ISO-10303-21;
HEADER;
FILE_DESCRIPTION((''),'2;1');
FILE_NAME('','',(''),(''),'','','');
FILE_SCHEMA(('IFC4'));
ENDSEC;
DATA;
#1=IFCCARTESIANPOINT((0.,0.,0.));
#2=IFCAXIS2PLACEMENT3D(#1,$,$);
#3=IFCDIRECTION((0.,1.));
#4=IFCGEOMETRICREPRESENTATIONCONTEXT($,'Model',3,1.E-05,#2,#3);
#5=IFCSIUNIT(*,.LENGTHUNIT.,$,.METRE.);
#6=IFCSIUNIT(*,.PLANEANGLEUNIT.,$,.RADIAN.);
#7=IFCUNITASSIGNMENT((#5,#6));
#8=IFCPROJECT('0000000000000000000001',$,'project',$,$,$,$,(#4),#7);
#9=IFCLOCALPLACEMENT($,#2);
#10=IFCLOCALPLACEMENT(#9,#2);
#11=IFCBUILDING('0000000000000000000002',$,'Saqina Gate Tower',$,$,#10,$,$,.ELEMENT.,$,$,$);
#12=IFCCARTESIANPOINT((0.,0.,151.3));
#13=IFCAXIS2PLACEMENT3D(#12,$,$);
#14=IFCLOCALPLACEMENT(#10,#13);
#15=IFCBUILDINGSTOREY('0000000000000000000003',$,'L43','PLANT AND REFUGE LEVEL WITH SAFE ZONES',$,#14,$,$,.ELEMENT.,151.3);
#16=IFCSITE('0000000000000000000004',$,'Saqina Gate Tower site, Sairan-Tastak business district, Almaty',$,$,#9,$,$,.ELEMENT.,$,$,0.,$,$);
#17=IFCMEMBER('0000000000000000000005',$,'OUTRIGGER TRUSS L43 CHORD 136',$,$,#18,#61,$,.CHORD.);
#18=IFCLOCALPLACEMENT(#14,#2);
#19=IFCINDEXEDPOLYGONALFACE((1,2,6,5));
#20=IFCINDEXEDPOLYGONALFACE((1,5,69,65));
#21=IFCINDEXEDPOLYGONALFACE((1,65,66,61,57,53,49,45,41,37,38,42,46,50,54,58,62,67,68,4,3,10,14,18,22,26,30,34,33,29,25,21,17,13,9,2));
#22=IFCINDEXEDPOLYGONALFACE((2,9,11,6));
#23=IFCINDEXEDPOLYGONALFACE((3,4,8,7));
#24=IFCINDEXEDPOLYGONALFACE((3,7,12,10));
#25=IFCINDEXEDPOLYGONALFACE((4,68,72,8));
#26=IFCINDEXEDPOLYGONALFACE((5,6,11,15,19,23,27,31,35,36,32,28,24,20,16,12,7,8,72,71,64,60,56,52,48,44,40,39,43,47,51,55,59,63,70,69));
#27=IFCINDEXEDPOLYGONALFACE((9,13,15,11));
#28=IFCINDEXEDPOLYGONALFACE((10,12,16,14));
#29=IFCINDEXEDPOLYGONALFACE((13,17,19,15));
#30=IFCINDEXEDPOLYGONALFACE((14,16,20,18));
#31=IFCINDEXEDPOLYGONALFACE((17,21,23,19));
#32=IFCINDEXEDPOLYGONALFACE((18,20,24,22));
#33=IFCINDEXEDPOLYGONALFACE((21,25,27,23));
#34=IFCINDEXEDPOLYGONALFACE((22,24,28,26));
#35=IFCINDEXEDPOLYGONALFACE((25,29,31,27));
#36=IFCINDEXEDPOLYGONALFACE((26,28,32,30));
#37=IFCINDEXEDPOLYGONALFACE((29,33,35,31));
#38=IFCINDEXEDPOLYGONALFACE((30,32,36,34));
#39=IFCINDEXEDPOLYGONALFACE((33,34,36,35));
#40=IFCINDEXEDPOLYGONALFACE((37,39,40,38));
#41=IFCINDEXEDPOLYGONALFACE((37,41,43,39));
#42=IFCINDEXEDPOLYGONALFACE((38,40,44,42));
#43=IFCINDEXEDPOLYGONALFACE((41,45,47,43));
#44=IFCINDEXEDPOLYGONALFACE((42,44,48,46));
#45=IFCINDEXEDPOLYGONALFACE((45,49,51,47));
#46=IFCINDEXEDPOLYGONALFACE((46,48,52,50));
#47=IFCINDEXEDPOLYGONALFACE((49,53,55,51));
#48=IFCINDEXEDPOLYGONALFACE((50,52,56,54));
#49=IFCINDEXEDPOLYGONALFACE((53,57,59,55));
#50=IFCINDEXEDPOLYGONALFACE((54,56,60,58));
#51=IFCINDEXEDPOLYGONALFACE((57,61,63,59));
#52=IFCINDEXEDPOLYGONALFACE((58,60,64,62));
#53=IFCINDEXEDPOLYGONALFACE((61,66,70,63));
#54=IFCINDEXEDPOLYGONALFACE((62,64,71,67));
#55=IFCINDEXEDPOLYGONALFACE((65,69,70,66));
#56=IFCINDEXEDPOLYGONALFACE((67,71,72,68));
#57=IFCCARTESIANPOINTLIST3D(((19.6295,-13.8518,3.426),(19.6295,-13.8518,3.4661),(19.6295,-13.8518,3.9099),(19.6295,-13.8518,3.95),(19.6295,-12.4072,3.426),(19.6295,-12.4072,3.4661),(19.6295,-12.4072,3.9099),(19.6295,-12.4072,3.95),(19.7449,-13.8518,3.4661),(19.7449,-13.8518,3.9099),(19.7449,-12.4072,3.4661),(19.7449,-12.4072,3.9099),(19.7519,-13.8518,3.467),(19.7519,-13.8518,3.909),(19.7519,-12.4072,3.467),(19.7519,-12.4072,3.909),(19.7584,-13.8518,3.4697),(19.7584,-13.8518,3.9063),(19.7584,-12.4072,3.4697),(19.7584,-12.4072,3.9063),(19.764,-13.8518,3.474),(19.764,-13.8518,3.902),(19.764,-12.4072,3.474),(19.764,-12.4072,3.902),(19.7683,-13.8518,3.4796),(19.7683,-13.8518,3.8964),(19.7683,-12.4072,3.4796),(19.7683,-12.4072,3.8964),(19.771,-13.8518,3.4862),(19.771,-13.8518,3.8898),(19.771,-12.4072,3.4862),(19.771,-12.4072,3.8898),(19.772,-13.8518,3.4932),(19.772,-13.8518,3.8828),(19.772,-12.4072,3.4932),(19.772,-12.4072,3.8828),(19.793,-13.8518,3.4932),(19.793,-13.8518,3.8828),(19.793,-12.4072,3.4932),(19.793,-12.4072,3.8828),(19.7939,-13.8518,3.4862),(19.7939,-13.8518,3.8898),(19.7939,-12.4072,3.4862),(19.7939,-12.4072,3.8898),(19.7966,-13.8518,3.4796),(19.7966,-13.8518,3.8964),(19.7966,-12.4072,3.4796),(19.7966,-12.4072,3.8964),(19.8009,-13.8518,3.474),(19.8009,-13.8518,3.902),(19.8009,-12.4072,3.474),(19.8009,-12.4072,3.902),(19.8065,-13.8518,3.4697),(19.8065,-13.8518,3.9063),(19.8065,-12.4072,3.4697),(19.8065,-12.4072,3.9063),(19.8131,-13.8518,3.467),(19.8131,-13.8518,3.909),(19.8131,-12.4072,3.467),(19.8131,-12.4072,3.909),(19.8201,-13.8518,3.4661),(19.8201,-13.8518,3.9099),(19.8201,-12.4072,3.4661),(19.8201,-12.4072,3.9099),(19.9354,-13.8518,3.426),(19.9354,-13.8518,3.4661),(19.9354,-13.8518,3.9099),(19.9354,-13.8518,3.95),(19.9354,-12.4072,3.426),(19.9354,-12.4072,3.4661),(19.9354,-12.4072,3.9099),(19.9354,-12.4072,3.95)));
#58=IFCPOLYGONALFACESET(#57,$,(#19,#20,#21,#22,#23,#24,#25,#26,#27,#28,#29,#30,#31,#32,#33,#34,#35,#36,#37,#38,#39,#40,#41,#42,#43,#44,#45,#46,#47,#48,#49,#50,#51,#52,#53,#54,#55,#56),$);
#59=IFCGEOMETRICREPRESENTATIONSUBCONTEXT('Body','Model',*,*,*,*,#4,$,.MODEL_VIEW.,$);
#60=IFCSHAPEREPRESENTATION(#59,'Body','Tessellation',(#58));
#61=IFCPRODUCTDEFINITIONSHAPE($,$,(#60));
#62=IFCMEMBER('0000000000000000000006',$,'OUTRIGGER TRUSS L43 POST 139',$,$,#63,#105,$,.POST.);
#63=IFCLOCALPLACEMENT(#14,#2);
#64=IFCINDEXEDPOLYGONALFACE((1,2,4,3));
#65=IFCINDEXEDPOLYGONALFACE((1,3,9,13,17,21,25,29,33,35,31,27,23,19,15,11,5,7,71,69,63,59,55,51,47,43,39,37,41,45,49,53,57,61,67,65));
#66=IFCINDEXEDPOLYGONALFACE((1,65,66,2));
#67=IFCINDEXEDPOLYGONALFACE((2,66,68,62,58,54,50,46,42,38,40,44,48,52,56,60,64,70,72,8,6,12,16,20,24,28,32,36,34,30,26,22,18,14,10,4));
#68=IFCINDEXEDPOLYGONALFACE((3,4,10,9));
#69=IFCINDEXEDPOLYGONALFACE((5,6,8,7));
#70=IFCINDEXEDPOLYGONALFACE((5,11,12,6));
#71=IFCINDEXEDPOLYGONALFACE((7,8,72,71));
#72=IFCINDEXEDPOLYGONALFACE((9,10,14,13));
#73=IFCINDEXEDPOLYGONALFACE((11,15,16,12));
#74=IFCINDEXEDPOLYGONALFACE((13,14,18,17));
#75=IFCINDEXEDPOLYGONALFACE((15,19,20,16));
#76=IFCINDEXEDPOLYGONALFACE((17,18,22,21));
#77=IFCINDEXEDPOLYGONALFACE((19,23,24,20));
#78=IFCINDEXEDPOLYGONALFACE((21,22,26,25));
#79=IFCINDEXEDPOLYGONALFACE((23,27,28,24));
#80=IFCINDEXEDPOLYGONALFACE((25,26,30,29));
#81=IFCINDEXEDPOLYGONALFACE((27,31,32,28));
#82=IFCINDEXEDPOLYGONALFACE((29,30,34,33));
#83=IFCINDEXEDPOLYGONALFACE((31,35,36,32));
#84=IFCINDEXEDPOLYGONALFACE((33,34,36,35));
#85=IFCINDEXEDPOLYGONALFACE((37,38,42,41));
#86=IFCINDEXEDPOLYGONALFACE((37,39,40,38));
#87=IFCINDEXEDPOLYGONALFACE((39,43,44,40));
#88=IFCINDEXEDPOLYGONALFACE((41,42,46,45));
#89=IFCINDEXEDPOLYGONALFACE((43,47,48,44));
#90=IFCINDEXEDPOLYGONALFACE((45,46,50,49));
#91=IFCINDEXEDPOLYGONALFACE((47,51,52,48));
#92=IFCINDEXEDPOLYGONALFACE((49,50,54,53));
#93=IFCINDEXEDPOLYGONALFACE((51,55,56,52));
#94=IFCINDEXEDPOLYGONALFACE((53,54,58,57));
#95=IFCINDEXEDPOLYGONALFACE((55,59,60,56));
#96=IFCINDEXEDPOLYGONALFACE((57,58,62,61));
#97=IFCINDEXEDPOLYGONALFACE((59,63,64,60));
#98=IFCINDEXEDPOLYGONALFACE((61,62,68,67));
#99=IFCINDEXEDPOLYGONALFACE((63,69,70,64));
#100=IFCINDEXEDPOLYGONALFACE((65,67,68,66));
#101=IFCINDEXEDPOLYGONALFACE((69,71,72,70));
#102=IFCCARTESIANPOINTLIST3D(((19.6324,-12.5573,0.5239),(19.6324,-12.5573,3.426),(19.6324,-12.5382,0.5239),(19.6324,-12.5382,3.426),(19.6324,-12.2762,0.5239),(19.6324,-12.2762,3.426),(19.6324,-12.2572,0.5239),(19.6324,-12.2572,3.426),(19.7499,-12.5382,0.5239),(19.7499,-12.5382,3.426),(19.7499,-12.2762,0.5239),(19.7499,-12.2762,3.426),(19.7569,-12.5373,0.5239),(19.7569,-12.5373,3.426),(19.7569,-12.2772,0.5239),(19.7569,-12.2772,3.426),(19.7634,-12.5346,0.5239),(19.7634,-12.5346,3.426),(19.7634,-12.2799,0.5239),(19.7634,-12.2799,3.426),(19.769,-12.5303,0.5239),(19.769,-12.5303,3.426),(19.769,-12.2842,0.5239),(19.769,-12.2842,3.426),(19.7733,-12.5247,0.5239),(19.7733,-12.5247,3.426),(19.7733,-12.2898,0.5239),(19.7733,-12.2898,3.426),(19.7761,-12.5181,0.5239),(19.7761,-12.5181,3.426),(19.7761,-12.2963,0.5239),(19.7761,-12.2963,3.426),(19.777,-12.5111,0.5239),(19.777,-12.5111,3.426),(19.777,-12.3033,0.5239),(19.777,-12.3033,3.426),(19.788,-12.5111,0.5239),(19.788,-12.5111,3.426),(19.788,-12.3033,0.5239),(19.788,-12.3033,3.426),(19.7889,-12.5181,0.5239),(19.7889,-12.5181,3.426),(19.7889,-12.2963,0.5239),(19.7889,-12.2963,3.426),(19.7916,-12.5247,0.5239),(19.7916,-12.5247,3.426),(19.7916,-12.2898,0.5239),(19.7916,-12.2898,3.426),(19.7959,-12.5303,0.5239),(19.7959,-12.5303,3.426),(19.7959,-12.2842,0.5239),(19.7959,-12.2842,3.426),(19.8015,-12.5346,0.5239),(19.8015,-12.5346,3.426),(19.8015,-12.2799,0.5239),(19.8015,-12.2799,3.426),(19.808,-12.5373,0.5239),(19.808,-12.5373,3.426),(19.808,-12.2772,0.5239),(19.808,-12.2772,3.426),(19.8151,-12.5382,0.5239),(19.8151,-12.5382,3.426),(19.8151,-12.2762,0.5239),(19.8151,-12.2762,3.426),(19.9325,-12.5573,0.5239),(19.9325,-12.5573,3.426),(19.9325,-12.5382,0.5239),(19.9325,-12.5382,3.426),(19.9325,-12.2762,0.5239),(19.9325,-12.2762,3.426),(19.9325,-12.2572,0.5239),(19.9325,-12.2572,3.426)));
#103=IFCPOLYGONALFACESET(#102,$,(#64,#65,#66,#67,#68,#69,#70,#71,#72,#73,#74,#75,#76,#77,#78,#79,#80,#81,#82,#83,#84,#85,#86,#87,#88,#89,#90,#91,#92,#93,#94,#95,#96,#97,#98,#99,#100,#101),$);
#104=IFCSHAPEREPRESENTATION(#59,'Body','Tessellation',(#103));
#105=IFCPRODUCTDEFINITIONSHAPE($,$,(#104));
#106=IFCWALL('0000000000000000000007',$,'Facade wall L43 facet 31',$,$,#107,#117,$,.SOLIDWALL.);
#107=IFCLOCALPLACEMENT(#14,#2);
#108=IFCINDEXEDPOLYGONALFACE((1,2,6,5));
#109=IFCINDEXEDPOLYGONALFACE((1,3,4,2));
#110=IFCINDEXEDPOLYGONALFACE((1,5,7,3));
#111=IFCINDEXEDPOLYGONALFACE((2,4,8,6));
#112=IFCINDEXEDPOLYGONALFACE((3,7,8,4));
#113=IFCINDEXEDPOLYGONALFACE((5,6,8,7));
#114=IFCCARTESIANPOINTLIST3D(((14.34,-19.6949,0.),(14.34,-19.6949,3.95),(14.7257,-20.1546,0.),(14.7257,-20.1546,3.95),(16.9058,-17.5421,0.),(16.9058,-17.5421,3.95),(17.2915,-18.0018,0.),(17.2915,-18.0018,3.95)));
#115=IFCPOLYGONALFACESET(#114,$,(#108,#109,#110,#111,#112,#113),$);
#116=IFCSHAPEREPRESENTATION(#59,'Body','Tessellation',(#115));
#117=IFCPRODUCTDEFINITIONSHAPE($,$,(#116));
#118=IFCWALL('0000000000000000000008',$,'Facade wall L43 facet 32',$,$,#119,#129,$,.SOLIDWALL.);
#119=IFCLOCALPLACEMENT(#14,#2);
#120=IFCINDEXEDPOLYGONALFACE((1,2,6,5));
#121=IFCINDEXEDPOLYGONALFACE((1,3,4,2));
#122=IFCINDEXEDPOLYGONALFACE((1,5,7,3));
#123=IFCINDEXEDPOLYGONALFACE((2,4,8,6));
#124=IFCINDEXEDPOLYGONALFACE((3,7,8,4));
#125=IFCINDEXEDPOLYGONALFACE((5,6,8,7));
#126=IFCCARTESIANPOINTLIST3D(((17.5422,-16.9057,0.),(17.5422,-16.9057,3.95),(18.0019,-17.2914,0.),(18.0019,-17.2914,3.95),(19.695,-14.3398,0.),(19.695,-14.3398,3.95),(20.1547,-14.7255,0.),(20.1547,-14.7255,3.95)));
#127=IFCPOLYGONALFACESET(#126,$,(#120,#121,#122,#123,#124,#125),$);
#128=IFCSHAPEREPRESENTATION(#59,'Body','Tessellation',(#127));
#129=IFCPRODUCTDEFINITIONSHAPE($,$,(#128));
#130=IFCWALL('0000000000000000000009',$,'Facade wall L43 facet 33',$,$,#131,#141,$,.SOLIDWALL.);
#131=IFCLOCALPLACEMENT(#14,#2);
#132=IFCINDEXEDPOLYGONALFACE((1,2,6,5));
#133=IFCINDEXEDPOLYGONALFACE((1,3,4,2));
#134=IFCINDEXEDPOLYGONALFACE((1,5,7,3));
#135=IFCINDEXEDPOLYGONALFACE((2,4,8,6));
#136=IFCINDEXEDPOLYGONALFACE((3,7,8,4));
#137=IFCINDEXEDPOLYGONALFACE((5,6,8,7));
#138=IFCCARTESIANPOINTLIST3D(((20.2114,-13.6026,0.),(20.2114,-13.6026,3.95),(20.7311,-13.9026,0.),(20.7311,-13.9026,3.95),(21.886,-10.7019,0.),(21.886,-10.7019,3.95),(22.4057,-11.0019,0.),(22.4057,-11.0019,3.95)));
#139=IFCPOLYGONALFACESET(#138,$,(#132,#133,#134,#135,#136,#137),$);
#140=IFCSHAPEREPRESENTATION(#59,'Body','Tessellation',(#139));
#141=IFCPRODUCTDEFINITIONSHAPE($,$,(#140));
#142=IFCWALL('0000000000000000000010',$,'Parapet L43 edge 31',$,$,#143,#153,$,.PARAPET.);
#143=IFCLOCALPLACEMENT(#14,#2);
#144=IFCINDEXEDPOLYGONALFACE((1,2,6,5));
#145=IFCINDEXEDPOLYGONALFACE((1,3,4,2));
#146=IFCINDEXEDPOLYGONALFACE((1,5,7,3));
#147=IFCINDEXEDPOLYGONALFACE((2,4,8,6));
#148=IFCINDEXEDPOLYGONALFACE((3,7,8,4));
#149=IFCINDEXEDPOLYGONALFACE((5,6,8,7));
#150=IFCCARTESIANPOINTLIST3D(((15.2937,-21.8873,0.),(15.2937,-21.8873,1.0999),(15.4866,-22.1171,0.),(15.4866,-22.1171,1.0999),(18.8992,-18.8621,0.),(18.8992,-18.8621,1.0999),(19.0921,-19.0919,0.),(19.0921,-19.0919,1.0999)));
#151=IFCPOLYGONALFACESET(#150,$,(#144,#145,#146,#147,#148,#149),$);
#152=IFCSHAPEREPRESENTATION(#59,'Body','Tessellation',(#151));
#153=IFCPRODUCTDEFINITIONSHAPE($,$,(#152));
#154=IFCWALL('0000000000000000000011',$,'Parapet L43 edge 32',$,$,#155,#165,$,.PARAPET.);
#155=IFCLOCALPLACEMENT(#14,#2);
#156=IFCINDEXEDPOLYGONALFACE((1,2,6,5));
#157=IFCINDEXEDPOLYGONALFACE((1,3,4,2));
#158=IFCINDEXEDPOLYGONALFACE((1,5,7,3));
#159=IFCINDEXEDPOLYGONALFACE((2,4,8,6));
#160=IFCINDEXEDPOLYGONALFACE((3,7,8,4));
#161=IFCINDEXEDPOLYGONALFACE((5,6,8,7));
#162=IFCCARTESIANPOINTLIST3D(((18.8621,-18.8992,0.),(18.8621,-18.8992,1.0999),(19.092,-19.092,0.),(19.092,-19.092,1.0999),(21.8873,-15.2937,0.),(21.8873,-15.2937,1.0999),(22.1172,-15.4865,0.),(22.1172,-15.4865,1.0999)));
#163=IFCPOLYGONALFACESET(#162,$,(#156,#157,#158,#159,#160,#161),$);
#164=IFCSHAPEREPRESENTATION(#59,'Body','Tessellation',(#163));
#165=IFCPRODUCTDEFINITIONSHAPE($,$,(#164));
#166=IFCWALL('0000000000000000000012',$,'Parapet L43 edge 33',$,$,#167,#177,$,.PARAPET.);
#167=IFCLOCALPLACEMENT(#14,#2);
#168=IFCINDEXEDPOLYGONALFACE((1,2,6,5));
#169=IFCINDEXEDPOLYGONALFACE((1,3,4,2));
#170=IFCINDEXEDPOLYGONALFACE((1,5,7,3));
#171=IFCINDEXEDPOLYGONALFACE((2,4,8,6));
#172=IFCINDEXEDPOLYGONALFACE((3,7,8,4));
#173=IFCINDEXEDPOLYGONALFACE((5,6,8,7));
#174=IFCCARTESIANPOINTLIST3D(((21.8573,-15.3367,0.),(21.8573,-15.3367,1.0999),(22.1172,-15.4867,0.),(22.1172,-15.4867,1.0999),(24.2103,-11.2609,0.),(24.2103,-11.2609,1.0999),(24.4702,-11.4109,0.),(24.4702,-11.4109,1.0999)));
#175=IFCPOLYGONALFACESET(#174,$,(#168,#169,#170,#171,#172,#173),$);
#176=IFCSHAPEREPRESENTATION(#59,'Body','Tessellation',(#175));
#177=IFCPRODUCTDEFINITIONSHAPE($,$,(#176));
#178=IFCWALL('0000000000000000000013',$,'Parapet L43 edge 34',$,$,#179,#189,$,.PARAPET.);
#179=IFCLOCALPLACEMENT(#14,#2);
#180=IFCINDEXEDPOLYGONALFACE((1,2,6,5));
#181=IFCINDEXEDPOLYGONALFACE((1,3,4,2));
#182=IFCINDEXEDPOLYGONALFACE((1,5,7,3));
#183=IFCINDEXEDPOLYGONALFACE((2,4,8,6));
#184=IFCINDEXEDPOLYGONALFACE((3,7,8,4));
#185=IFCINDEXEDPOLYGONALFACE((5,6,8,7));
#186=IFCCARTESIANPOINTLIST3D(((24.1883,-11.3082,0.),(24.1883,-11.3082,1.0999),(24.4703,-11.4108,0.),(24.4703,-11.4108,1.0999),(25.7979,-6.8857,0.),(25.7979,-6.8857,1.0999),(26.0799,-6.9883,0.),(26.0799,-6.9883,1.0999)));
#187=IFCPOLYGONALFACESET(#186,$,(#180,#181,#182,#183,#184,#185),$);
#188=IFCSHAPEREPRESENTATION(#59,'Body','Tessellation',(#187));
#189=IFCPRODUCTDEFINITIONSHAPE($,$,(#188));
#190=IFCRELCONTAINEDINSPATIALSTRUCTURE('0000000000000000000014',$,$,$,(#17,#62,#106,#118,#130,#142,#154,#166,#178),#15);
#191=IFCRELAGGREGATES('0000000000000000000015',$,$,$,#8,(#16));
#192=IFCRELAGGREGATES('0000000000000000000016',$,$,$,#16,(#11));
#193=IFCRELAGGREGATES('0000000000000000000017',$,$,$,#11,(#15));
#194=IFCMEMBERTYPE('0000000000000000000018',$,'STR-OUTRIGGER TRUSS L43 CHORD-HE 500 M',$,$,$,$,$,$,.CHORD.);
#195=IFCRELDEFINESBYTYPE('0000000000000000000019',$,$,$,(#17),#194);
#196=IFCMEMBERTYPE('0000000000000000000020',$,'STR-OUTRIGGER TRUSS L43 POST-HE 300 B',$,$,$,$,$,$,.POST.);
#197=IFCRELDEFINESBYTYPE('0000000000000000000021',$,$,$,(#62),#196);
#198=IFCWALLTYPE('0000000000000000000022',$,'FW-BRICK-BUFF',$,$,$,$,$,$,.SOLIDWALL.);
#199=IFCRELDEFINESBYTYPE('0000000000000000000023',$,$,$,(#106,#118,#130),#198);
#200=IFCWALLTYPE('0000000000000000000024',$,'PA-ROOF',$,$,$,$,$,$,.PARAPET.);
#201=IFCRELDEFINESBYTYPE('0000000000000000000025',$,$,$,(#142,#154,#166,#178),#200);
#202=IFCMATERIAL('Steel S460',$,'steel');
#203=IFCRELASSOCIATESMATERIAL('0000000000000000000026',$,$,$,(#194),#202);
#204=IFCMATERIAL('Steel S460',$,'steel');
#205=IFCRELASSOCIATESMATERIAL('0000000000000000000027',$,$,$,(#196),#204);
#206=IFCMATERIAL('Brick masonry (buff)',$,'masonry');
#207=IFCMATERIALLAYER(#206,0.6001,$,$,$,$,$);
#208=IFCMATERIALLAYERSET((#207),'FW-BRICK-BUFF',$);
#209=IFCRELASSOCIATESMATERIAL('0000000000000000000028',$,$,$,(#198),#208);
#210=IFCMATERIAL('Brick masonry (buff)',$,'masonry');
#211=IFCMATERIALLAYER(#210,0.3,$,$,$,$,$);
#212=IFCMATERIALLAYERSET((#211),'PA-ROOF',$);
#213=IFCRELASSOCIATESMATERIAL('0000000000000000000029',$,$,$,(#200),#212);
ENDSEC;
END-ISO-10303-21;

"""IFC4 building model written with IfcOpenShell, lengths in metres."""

from ifc_helpers import new_model, si_unit, direction, frame, frame_2d, origin, origin_2d, place, context, subcontext, project, spatial, rectangle, i_section, extrude, material, layer, layer_set, material_profile, profile_set, type_object, element, save


model = new_model("IFC4")

# Units and contexts
model_context = context("Model", 3, precision=1e-05, world=origin(), true_north=direction((0.0, 1.0)))
body_context = subcontext(model_context, "Body", "Model", "MODEL_VIEW")
ifc_project = project(units=[si_unit("LENGTHUNIT", "METRE"), si_unit("PLANEANGLEUNIT", "RADIAN")], contexts=[model_context])

# Site, building, storey
site_placement = place(None, origin())
site = spatial("IfcSite", under=ifc_project, at=site_placement, Name="Saqina Gate Tower site, Sairan-Tastak business district, Almaty", CompositionType="ELEMENT", RefElevation=0.0)
building_placement = place(site_placement, origin())
building = spatial("IfcBuilding", under=site, at=building_placement, Name="Saqina Gate Tower", CompositionType="ELEMENT")
storey_placement = place(building_placement, frame((0.0, 0.0, 151.3)))
storey = spatial("IfcBuildingStorey", under=building, at=storey_placement, Name="L43", Description="PLANT AND REFUGE LEVEL WITH SAFE ZONES", CompositionType="ELEMENT", Elevation=151.3)

# Members
ifc_material_1 = material(Name="Steel S460", Category="steel")
ifc_material_profile_1 = material_profile(ifc_material_1, i_section(OverallWidth=0.3059, OverallDepth=0.5239, WebThickness=0.021, FlangeThickness=0.04, FilletRadius=0.0271, at=origin_2d()), Name="HE 500 M")
ifc_profile_set_1 = profile_set([ifc_material_profile_1], Name="Steel S460")
member_type_1 = type_object("IfcMemberType", Name="STR-OUTRIGGER TRUSS L43 CHORD-HE 500 M", PredefinedType="CHORD", material=ifc_profile_set_1)
for number, where, z_axis, x_axis, name in (
    (1, (19.7825, -12.4072, 3.688), (0.0, -1.0, 0.0), (1.0, 0.0, 0.0), "OUTRIGGER TRUSS L43 CHORD 136"),
):
    element("IfcMember", number, at=place(storey_placement, frame(where, z_axis=z_axis, x_axis=x_axis)), inside=storey, type_object=member_type_1, Name=name, PredefinedType="CHORD", context=body_context, shape_type="SweptSolid", body=[
        extrude(i_section(OverallWidth=0.3059, OverallDepth=0.5239, WebThickness=0.021, FlangeThickness=0.04, FilletRadius=0.0271, at=origin_2d()), origin(), (0.0, 0.0, 1.0), 1.4446),
    ])
ifc_material_2 = material(Name="Steel S460", Category="steel")
ifc_material_profile_2 = material_profile(ifc_material_2, i_section(OverallWidth=0.3, OverallDepth=0.3, WebThickness=0.011, FlangeThickness=0.019, FilletRadius=0.0271, at=origin_2d()), Name="HE 300 B")
ifc_profile_set_2 = profile_set([ifc_material_profile_2], Name="Steel S460")
member_type_2 = type_object("IfcMemberType", Name="STR-OUTRIGGER TRUSS L43 POST-HE 300 B", PredefinedType="POST", material=ifc_profile_set_2)
member_1_placement = place(storey_placement, frame((19.7825, -12.4072, 0.5239), z_axis=(0.0, 0.0, 1.0), x_axis=(1.0, 0.0, 0.0)))
element("IfcMember", 2, at=member_1_placement, inside=storey, type_object=member_type_2, Name="OUTRIGGER TRUSS L43 POST 139", PredefinedType="POST", context=body_context, shape_type="SweptSolid", body=[
    extrude(i_section(OverallWidth=0.3, OverallDepth=0.3, WebThickness=0.011, FlangeThickness=0.019, FilletRadius=0.0271, at=origin_2d()), origin(), (0.0, 0.0, 1.0), 2.9021),
])

# Walls
ifc_material_3 = material(Name="Brick masonry (buff)", Category="masonry")
ifc_layer_1 = layer(ifc_material_3, 0.6001)
ifc_layer_set_1 = layer_set([ifc_layer_1], Name="FW-BRICK-BUFF")
wall_type_1 = type_object("IfcWallType", Name="FW-BRICK-BUFF", PredefinedType="SOLIDWALL", material=ifc_layer_set_1)
for number, where, z_axis, x_axis, name in (
    (3, (14.5327, -19.9248, 0.0), (0.0, 0.0, 1.0), (0.766078, 0.642748, 0.0), "Facade wall L43 facet 31"),
    (4, (17.772, -17.0986, 0.0), (0.0, 0.0, 1.0), (0.642748, 0.766078, 0.0), "Facade wall L43 facet 32"),
    (5, (20.4712, -13.7527, 0.0), (0.0, 0.0, 1.0), (0.499973, 0.866041, 0.0), "Facade wall L43 facet 33"),
):
    element("IfcWall", number, at=place(storey_placement, frame(where, z_axis=z_axis, x_axis=x_axis)), inside=storey, type_object=wall_type_1, Name=name, PredefinedType="SOLIDWALL", context=body_context, shape_type="SweptSolid", body=[
        extrude(rectangle(XDim=3.3494, YDim=0.6001, at=frame_2d((1.6748, 0.0))), origin(), (0.0, 0.0, 1.0), 3.95),
    ])
ifc_material_4 = material(Name="Brick masonry (buff)", Category="masonry")
ifc_layer_2 = layer(ifc_material_4, 0.3)
ifc_layer_set_2 = layer_set([ifc_layer_2], Name="PA-ROOF")
wall_type_2 = type_object("IfcWallType", Name="PA-ROOF", PredefinedType="PARAPET", material=ifc_layer_set_2)
for number, where, z_axis, x_axis, name in (
    (6, (15.3901, -22.0022, 0.0), (0.0, 0.0, 1.0), (0.766065, 0.642763, 0.0), "Parapet L43 edge 31"),
    (7, (18.9771, -18.9956, 0.0), (0.0, 0.0, 1.0), (0.642763, 0.766065, 0.0), "Parapet L43 edge 32"),
):
    element("IfcWall", number, at=place(storey_placement, frame(where, z_axis=z_axis, x_axis=x_axis)), inside=storey, type_object=wall_type_2, Name=name, PredefinedType="PARAPET", context=body_context, shape_type="SweptSolid", body=[
        extrude(rectangle(XDim=4.7065, YDim=0.3, at=frame_2d((2.3533, 0.0))), origin(), (0.0, 0.0, 1.0), 1.0999),
    ])
for number, where, z_axis, x_axis, name in (
    (8, (21.9873, -15.4116, 0.0), (0.0, 0.0, 1.0), (0.499966, 0.866045, 0.0), "Parapet L43 edge 33"),
    (9, (24.3293, -11.3594, 0.0), (0.0, 0.0, 1.0), (0.342005, 0.939698, 0.0), "Parapet L43 edge 34"),
):
    element("IfcWall", number, at=place(storey_placement, frame(where, z_axis=z_axis, x_axis=x_axis)), inside=storey, type_object=wall_type_2, Name=name, PredefinedType="PARAPET", context=body_context, shape_type="SweptSolid", body=[
        extrude(rectangle(XDim=4.7063, YDim=0.3, at=frame_2d((2.353, 0.0))), origin(), (0.0, 0.0, 1.0), 1.0999),
    ])

save(model, "model.ifc")
